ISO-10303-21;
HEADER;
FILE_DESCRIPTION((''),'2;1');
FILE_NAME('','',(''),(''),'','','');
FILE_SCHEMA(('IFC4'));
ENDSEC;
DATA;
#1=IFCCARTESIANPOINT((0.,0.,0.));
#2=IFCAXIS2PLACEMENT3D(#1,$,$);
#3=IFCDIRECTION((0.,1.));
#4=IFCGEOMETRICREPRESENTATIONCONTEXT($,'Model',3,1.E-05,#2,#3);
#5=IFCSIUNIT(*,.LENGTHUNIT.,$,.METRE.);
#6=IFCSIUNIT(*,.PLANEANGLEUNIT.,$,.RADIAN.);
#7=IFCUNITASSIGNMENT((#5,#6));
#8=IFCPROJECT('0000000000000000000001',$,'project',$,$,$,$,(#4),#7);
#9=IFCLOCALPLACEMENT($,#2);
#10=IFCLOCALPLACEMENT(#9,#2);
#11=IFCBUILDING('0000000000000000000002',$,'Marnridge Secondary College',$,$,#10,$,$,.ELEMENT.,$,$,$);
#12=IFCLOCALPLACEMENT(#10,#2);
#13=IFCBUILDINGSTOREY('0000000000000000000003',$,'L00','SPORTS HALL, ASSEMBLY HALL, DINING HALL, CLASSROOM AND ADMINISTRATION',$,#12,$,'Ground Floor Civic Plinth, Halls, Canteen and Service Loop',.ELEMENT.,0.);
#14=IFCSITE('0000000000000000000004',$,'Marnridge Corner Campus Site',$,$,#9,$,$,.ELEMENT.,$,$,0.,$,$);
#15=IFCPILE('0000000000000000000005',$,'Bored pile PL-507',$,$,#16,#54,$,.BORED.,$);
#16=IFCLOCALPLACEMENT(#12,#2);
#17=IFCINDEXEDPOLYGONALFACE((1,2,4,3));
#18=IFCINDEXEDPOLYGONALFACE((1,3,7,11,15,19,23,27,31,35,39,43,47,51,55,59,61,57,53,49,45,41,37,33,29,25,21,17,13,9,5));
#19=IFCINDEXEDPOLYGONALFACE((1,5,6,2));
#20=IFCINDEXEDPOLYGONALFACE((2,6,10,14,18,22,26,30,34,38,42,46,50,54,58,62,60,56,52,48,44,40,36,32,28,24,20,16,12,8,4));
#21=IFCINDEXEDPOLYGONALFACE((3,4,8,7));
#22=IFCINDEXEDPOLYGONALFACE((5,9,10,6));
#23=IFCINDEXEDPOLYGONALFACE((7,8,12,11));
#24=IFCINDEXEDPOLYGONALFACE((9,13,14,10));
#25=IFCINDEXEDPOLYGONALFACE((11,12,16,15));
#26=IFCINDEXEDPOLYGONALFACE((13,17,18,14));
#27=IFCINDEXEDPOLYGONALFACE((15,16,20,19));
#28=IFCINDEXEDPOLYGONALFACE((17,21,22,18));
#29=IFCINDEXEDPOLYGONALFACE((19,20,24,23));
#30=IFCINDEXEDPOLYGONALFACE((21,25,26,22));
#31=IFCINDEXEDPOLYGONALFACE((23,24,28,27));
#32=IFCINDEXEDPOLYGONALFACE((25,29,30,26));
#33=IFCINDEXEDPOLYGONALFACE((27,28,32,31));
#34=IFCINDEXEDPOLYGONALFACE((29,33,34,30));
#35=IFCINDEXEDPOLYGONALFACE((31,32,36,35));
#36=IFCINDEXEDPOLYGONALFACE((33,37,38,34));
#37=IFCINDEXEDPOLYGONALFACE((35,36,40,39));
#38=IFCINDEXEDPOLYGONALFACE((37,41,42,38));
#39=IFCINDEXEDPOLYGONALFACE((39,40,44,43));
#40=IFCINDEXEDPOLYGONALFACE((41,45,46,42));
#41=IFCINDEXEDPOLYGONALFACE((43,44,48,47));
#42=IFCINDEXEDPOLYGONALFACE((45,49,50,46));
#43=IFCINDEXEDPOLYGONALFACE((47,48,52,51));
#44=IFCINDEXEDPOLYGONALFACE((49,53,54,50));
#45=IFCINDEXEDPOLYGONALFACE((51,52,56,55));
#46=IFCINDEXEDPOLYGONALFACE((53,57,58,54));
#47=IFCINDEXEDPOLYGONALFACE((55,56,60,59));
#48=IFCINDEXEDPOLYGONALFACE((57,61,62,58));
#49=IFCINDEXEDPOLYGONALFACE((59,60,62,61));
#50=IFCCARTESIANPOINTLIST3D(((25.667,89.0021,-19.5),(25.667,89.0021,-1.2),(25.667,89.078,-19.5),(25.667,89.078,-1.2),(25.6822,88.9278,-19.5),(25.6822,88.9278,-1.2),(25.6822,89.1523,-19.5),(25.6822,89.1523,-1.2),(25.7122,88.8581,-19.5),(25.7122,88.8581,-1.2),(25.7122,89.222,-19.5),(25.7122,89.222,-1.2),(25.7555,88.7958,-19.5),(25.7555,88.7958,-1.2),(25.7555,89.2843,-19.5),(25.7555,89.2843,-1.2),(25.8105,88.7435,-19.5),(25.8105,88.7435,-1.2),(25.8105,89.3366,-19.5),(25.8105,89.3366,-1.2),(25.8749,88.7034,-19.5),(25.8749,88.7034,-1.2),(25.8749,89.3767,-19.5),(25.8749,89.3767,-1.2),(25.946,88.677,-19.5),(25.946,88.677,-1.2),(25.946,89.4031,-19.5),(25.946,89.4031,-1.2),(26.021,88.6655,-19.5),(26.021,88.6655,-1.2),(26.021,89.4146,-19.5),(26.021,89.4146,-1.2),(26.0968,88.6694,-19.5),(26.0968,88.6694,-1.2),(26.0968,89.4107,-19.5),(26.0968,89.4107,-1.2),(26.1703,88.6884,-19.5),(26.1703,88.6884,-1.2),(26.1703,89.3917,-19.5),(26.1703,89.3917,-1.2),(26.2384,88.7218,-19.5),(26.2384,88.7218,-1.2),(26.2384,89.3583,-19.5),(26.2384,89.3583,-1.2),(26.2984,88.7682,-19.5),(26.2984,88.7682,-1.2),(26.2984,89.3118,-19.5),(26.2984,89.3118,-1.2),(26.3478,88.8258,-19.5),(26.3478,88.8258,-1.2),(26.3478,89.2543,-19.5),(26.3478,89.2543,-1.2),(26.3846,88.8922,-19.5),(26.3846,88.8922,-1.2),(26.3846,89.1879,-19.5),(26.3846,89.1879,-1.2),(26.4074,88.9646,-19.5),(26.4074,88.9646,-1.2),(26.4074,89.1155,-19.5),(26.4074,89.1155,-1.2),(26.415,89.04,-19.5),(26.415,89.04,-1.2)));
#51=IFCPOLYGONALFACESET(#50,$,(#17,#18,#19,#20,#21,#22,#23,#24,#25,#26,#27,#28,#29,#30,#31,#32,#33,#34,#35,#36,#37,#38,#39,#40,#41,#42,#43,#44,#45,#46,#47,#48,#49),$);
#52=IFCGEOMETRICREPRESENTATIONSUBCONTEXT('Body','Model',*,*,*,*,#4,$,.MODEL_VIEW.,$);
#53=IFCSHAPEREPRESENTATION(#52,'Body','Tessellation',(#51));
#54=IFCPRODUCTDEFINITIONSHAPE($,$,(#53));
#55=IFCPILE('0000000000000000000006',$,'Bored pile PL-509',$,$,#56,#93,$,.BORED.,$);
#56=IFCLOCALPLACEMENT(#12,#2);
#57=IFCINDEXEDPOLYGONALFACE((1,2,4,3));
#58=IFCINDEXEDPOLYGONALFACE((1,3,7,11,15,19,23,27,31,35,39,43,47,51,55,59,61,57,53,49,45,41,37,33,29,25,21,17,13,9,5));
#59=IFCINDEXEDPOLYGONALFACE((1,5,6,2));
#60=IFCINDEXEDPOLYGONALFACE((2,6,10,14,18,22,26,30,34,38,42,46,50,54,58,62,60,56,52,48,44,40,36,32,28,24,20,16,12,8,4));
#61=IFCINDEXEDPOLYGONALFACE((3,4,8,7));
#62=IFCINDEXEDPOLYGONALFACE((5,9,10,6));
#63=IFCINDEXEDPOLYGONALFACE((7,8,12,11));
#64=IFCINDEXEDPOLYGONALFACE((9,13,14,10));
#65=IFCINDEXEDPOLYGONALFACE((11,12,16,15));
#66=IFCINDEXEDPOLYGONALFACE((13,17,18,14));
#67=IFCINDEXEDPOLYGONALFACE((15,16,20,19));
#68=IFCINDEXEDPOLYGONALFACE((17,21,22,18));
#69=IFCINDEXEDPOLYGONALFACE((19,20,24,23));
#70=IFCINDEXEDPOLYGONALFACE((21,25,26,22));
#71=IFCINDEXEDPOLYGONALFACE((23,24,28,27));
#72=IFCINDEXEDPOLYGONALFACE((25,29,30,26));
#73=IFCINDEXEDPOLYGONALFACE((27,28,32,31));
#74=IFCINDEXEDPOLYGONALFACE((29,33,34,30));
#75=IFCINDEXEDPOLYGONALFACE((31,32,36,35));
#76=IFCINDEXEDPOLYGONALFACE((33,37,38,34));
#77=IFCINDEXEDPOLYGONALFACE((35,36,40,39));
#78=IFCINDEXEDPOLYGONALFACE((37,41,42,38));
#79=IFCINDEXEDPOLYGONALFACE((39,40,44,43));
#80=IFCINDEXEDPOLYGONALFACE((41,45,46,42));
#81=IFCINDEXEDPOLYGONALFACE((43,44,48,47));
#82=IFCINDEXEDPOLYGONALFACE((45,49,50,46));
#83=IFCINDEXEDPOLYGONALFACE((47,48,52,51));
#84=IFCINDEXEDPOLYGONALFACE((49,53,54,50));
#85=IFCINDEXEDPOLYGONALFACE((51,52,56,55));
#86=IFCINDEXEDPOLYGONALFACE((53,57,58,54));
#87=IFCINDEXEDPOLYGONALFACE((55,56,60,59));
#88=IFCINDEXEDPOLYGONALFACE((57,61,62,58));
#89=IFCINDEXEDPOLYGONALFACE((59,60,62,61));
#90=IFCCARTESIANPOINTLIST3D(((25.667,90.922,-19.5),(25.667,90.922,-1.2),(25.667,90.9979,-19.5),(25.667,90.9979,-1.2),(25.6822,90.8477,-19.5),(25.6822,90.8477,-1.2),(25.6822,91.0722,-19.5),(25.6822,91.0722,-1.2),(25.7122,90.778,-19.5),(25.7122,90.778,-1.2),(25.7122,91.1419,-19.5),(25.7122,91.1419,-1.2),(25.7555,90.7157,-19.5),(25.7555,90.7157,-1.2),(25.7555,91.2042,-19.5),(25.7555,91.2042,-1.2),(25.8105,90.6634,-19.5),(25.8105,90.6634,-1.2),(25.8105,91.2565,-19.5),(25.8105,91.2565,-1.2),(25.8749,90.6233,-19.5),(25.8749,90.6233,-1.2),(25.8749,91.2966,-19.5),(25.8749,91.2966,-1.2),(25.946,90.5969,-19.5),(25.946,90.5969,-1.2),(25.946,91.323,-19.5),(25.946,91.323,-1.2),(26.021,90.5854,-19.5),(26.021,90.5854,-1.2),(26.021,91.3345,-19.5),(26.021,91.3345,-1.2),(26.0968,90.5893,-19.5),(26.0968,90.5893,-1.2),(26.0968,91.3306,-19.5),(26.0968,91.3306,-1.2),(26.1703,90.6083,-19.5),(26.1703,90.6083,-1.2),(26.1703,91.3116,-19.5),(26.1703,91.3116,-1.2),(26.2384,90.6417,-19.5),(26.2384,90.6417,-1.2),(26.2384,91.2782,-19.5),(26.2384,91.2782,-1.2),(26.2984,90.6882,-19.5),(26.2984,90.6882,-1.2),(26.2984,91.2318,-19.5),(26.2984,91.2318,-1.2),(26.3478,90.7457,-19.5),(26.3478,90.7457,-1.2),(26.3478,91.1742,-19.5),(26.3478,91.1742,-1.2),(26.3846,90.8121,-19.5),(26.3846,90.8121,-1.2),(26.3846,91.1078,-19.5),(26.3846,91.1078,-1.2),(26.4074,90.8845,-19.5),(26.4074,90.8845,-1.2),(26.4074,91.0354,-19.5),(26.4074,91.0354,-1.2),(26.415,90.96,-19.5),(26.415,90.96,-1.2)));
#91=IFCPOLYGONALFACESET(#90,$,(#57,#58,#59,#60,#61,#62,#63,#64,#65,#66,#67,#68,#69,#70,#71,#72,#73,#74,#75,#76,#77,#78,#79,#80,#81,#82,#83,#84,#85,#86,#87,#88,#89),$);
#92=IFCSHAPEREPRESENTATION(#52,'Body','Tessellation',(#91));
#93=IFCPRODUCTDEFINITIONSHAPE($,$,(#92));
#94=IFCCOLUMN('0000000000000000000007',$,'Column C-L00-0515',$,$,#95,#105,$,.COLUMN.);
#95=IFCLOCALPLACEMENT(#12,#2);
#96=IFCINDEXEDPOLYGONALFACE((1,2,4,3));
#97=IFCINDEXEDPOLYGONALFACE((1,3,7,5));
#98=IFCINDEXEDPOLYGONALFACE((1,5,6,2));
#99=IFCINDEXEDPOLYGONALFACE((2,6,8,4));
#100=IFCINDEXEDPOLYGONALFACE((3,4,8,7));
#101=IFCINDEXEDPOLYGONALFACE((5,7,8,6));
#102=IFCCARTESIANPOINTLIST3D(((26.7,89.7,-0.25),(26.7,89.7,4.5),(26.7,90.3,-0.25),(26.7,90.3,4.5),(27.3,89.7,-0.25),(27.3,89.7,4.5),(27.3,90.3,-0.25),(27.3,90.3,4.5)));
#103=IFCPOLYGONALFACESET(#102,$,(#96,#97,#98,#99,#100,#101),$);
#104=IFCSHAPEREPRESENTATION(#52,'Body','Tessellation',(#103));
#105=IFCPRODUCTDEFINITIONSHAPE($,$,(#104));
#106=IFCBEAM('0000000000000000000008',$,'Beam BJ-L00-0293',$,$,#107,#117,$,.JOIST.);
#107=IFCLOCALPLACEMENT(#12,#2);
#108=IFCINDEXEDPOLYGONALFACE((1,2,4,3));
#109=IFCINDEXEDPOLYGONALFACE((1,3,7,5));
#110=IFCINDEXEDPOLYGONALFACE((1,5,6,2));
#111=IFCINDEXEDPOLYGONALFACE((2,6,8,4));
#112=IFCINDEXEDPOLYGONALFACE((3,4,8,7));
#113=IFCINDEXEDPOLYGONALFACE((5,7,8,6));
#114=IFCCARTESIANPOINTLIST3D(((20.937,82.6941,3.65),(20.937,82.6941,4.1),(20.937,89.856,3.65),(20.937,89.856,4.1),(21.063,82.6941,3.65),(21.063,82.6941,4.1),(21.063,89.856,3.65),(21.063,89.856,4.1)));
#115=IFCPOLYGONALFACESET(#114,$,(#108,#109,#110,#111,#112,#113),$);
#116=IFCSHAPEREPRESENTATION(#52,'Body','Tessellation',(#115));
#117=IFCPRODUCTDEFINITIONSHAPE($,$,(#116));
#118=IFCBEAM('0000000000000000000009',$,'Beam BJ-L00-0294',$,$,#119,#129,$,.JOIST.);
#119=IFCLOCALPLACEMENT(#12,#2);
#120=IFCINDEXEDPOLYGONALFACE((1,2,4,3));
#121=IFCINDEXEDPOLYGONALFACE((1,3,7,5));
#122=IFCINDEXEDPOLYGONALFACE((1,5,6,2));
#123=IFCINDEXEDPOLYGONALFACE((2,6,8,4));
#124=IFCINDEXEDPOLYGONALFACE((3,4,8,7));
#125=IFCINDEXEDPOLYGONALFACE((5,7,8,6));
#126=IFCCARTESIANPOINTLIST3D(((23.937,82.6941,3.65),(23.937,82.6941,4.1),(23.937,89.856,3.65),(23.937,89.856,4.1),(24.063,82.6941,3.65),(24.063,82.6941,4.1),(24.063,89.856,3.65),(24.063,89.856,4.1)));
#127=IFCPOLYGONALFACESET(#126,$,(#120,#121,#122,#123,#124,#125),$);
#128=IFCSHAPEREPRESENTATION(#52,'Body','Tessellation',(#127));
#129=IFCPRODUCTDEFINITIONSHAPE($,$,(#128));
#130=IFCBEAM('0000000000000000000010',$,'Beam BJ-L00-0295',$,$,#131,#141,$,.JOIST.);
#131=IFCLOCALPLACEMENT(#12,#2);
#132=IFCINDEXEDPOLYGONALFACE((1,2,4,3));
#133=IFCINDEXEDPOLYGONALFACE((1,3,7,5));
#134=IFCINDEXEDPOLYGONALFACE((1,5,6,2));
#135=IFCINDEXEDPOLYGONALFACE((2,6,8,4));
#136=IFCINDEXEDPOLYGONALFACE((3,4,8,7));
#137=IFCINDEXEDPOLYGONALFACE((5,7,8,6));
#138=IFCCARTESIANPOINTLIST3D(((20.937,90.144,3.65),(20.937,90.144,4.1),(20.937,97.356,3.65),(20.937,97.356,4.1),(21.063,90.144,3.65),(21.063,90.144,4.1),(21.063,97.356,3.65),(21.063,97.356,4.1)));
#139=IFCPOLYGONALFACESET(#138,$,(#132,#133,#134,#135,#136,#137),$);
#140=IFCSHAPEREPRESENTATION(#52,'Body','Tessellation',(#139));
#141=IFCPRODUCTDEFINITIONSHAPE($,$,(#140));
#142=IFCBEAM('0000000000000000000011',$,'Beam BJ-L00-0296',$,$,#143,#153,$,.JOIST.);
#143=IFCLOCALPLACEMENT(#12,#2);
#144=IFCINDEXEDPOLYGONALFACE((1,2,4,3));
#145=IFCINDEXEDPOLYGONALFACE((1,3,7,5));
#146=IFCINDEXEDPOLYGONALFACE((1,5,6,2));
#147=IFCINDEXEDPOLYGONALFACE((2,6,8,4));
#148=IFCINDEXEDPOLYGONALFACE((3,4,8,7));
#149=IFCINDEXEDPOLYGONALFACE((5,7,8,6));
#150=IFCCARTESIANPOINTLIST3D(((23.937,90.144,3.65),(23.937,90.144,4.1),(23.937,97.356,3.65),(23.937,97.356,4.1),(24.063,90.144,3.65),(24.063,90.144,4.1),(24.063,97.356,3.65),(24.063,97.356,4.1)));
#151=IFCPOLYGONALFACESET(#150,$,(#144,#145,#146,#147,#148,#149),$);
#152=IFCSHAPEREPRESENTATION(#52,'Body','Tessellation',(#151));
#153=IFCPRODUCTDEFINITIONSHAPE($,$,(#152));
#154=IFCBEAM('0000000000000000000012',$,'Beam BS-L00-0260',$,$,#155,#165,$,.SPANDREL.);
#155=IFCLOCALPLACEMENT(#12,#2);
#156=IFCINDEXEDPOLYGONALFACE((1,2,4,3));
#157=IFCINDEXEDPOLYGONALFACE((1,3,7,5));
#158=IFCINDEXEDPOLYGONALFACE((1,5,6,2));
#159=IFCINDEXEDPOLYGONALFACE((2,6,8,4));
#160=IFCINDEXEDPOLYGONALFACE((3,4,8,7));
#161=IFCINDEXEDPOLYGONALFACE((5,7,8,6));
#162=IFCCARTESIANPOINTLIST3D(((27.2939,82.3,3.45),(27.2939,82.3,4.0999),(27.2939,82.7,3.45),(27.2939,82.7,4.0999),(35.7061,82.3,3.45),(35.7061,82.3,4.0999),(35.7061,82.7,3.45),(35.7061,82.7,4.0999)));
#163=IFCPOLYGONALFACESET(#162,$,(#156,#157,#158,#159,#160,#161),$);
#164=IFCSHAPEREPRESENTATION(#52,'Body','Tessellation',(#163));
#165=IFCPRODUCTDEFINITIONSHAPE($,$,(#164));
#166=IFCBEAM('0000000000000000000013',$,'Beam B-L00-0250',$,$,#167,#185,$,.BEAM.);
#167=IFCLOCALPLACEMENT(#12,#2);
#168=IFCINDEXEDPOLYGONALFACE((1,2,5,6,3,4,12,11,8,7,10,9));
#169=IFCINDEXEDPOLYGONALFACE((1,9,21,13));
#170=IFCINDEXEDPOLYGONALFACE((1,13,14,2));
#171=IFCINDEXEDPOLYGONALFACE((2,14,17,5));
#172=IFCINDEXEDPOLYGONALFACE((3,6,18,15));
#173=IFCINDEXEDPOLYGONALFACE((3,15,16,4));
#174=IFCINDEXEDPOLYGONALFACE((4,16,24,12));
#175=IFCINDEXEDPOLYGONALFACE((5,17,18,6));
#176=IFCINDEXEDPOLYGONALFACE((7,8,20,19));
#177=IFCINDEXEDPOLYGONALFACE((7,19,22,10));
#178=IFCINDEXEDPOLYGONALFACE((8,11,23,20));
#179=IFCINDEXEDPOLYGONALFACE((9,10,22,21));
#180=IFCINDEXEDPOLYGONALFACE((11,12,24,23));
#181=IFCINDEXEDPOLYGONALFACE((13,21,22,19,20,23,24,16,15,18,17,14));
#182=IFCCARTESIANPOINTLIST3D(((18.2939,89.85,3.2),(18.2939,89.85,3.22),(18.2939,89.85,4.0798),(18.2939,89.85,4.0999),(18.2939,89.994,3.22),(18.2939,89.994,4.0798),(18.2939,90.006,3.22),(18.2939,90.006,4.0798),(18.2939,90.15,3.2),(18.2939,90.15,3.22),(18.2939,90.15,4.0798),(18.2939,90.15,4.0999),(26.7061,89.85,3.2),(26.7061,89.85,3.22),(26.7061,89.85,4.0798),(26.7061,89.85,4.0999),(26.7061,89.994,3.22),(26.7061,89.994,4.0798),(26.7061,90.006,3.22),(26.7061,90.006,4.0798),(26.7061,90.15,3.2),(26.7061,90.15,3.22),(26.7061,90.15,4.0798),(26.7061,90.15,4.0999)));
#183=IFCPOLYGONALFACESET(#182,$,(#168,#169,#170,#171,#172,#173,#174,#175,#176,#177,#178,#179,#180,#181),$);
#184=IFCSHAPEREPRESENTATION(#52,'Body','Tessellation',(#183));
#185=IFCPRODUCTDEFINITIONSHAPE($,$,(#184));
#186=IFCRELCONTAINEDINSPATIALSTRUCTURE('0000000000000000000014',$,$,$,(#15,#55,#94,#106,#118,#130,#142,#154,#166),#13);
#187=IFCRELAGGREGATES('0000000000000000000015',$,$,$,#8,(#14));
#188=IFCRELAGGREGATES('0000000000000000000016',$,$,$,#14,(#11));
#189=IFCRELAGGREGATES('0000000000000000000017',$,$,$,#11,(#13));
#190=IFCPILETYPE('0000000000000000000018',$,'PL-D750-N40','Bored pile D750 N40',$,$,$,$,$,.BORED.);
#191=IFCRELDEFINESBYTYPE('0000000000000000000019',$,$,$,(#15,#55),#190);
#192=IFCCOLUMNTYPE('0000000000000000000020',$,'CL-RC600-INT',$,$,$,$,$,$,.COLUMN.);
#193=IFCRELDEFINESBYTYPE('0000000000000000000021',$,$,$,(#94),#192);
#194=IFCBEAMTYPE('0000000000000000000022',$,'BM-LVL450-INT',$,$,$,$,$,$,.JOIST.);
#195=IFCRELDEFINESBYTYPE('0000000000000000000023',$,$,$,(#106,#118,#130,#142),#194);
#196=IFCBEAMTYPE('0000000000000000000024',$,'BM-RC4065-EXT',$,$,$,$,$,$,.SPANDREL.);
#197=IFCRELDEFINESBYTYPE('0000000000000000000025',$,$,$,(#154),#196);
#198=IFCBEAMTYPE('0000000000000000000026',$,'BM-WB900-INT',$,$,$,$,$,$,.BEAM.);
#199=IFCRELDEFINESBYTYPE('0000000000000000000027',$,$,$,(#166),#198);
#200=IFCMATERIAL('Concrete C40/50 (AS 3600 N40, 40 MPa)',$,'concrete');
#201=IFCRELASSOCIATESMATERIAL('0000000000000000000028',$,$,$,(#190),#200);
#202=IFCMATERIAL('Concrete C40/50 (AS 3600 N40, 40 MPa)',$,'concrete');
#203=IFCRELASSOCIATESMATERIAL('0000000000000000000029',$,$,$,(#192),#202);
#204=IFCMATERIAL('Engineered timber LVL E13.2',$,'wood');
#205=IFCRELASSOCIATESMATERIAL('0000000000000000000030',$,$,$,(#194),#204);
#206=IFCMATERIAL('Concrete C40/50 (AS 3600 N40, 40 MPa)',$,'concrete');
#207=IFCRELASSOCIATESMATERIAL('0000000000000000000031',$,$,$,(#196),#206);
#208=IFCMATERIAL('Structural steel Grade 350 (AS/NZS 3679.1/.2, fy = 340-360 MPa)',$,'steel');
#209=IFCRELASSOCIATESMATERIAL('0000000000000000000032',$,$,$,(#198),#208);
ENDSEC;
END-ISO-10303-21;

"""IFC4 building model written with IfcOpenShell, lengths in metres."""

from ifc_helpers import new_model, si_unit, direction, frame, origin, origin_2d, place, context, subcontext, project, spatial, rectangle, circle, i_section, extrude, material, material_profile, profile_set, type_object, element, save


model = new_model("IFC4")

# Units and contexts
model_context = context("Model", 3, precision=1e-05, world=origin(), true_north=direction((0.0, 1.0)))
body_context = subcontext(model_context, "Body", "Model", "MODEL_VIEW")
ifc_project = project(units=[si_unit("LENGTHUNIT", "METRE"), si_unit("PLANEANGLEUNIT", "RADIAN")], contexts=[model_context])

# Site, building, storey
site_placement = place(None, origin())
site = spatial("IfcSite", under=ifc_project, at=site_placement, Name="Marnridge Corner Campus Site", CompositionType="ELEMENT", RefElevation=0.0)
building_placement = place(site_placement, origin())
building = spatial("IfcBuilding", under=site, at=building_placement, Name="Marnridge Secondary College", CompositionType="ELEMENT")
storey_placement = place(building_placement, origin())
storey = spatial("IfcBuildingStorey", under=building, at=storey_placement, Name="L00", Description="SPORTS HALL, ASSEMBLY HALL, DINING HALL, CLASSROOM AND ADMINISTRATION", LongName="Ground Floor Civic Plinth, Halls, Canteen and Service Loop", CompositionType="ELEMENT", Elevation=0.0)

# Piles
ifc_material_1 = material(Name="Concrete C40/50 (AS 3600 N40, 40 MPa)", Category="concrete")
ifc_material_profile_1 = material_profile(ifc_material_1, circle(Radius=0.375, at=origin_2d()), Name="PILE D750")
ifc_profile_set_1 = profile_set([ifc_material_profile_1], Name="Concrete C40/50 (AS 3600 N40, 40 MPa)")
pile_type_1 = type_object("IfcPileType", Name="PL-D750-N40", Description="Bored pile D750 N40", PredefinedType="BORED", material=ifc_profile_set_1)
for number, where, z_axis, x_axis, name in (
    (1, (26.04, 89.04, -1.2), (0.0, 0.0, -1.0), (1.0, 0.0, 0.0), "Bored pile PL-507"),
    (2, (26.04, 90.96, -1.2), (0.0, 0.0, -1.0), (1.0, 0.0, 0.0), "Bored pile PL-509"),
):
    element("IfcPile", number, at=place(storey_placement, frame(where, z_axis=z_axis, x_axis=x_axis)), inside=storey, type_object=pile_type_1, Name=name, PredefinedType="BORED", context=body_context, shape_type="SweptSolid", body=[
        extrude(circle(Radius=0.375, at=origin_2d()), origin(), (0.0, 0.0, 1.0), 18.3),
    ])

# Column
ifc_material_2 = material(Name="Concrete C40/50 (AS 3600 N40, 40 MPa)", Category="concrete")
ifc_material_profile_2 = material_profile(ifc_material_2, rectangle(XDim=0.6001, YDim=0.6001, at=origin_2d()), Name="RC 600x600")
ifc_profile_set_2 = profile_set([ifc_material_profile_2], Name="Concrete C40/50 (AS 3600 N40, 40 MPa)")
column_type = type_object("IfcColumnType", Name="CL-RC600-INT", PredefinedType="COLUMN", material=ifc_profile_set_2)
column_placement = place(storey_placement, frame((27.0, 90.0, -0.25), z_axis=(0.0, 0.0, 1.0), x_axis=(1.0, 0.0, 0.0)))
element("IfcColumn", 3, at=column_placement, inside=storey, type_object=column_type, Name="Column C-L00-0515", PredefinedType="COLUMN", context=body_context, shape_type="SweptSolid", body=[
    extrude(rectangle(XDim=0.6001, YDim=0.6001, at=origin_2d()), origin(), (0.0, 0.0, 1.0), 4.75),
])

# Beams
ifc_material_3 = material(Name="Engineered timber LVL E13.2", Category="wood")
ifc_material_profile_3 = material_profile(ifc_material_3, rectangle(XDim=0.126, YDim=0.45, at=origin_2d()), Name="LVL 126x450")
ifc_profile_set_3 = profile_set([ifc_material_profile_3], Name="Engineered timber LVL E13.2")
beam_type_1 = type_object("IfcBeamType", Name="BM-LVL450-INT", PredefinedType="JOIST", material=ifc_profile_set_3)
for number, where, z_axis, x_axis, name in (
    (4, (21.0, 82.6941, 3.875), (0.0, 1.0, 0.0), (-1.0, 0.0, 0.0), "Beam BJ-L00-0293"),
    (5, (24.0, 82.6941, 3.875), (0.0, 1.0, 0.0), (-1.0, 0.0, 0.0), "Beam BJ-L00-0294"),
):
    element("IfcBeam", number, at=place(storey_placement, frame(where, z_axis=z_axis, x_axis=x_axis)), inside=storey, type_object=beam_type_1, Name=name, PredefinedType="JOIST", context=body_context, shape_type="SweptSolid", body=[
        extrude(rectangle(XDim=0.126, YDim=0.45, at=origin_2d()), origin(), (0.0, 0.0, 1.0), 7.1619),
    ])
for number, where, z_axis, x_axis, name in (
    (6, (21.0, 90.144, 3.875), (0.0, 1.0, 0.0), (-1.0, 0.0, 0.0), "Beam BJ-L00-0295"),
    (7, (24.0, 90.144, 3.875), (0.0, 1.0, 0.0), (-1.0, 0.0, 0.0), "Beam BJ-L00-0296"),
):
    element("IfcBeam", number, at=place(storey_placement, frame(where, z_axis=z_axis, x_axis=x_axis)), inside=storey, type_object=beam_type_1, Name=name, PredefinedType="JOIST", context=body_context, shape_type="SweptSolid", body=[
        extrude(rectangle(XDim=0.126, YDim=0.45, at=origin_2d()), origin(), (0.0, 0.0, 1.0), 7.2119),
    ])
ifc_material_4 = material(Name="Concrete C40/50 (AS 3600 N40, 40 MPa)", Category="concrete")
ifc_material_profile_4 = material_profile(ifc_material_4, rectangle(XDim=0.3999, YDim=0.6499, at=origin_2d()), Name="RC 400x650")
ifc_profile_set_4 = profile_set([ifc_material_profile_4], Name="Concrete C40/50 (AS 3600 N40, 40 MPa)")
beam_type_2 = type_object("IfcBeamType", Name="BM-RC4065-EXT", PredefinedType="SPANDREL", material=ifc_profile_set_4)
beam_1_placement = place(storey_placement, frame((27.2939, 82.5, 3.7749), z_axis=(1.0, 0.0, 0.0), x_axis=(0.0, 1.0, 0.0)))
element("IfcBeam", 8, at=beam_1_placement, inside=storey, type_object=beam_type_2, Name="Beam BS-L00-0260", PredefinedType="SPANDREL", context=body_context, shape_type="SweptSolid", body=[
    extrude(rectangle(XDim=0.3999, YDim=0.6499, at=origin_2d()), origin(), (0.0, 0.0, 1.0), 8.4121),
])
ifc_material_5 = material(Name="Structural steel Grade 350 (AS/NZS 3679.1/.2, fy = 340-360 MPa)", Category="steel")
ifc_material_profile_5 = material_profile(ifc_material_5, i_section(OverallWidth=0.3, OverallDepth=0.8999, WebThickness=0.012, FlangeThickness=0.02, at=origin_2d()), Name="900WB175")
ifc_profile_set_5 = profile_set([ifc_material_profile_5], Name="Structural steel Grade 350 (AS/NZS 3679.1/.2, fy = 340-360 MPa)")
beam_type_3 = type_object("IfcBeamType", Name="BM-WB900-INT", PredefinedType="BEAM", material=ifc_profile_set_5)
beam_2_placement = place(storey_placement, frame((18.2939, 90.0, 3.6499), z_axis=(1.0, 0.0, 0.0), x_axis=(0.0, 1.0, 0.0)))
element("IfcBeam", 9, at=beam_2_placement, inside=storey, type_object=beam_type_3, Name="Beam B-L00-0250", PredefinedType="BEAM", context=body_context, shape_type="SweptSolid", body=[
    extrude(i_section(OverallWidth=0.3, OverallDepth=0.8999, WebThickness=0.012, FlangeThickness=0.02, at=origin_2d()), origin(), (0.0, 0.0, 1.0), 8.4121),
])

save(model, "model.ifc")
